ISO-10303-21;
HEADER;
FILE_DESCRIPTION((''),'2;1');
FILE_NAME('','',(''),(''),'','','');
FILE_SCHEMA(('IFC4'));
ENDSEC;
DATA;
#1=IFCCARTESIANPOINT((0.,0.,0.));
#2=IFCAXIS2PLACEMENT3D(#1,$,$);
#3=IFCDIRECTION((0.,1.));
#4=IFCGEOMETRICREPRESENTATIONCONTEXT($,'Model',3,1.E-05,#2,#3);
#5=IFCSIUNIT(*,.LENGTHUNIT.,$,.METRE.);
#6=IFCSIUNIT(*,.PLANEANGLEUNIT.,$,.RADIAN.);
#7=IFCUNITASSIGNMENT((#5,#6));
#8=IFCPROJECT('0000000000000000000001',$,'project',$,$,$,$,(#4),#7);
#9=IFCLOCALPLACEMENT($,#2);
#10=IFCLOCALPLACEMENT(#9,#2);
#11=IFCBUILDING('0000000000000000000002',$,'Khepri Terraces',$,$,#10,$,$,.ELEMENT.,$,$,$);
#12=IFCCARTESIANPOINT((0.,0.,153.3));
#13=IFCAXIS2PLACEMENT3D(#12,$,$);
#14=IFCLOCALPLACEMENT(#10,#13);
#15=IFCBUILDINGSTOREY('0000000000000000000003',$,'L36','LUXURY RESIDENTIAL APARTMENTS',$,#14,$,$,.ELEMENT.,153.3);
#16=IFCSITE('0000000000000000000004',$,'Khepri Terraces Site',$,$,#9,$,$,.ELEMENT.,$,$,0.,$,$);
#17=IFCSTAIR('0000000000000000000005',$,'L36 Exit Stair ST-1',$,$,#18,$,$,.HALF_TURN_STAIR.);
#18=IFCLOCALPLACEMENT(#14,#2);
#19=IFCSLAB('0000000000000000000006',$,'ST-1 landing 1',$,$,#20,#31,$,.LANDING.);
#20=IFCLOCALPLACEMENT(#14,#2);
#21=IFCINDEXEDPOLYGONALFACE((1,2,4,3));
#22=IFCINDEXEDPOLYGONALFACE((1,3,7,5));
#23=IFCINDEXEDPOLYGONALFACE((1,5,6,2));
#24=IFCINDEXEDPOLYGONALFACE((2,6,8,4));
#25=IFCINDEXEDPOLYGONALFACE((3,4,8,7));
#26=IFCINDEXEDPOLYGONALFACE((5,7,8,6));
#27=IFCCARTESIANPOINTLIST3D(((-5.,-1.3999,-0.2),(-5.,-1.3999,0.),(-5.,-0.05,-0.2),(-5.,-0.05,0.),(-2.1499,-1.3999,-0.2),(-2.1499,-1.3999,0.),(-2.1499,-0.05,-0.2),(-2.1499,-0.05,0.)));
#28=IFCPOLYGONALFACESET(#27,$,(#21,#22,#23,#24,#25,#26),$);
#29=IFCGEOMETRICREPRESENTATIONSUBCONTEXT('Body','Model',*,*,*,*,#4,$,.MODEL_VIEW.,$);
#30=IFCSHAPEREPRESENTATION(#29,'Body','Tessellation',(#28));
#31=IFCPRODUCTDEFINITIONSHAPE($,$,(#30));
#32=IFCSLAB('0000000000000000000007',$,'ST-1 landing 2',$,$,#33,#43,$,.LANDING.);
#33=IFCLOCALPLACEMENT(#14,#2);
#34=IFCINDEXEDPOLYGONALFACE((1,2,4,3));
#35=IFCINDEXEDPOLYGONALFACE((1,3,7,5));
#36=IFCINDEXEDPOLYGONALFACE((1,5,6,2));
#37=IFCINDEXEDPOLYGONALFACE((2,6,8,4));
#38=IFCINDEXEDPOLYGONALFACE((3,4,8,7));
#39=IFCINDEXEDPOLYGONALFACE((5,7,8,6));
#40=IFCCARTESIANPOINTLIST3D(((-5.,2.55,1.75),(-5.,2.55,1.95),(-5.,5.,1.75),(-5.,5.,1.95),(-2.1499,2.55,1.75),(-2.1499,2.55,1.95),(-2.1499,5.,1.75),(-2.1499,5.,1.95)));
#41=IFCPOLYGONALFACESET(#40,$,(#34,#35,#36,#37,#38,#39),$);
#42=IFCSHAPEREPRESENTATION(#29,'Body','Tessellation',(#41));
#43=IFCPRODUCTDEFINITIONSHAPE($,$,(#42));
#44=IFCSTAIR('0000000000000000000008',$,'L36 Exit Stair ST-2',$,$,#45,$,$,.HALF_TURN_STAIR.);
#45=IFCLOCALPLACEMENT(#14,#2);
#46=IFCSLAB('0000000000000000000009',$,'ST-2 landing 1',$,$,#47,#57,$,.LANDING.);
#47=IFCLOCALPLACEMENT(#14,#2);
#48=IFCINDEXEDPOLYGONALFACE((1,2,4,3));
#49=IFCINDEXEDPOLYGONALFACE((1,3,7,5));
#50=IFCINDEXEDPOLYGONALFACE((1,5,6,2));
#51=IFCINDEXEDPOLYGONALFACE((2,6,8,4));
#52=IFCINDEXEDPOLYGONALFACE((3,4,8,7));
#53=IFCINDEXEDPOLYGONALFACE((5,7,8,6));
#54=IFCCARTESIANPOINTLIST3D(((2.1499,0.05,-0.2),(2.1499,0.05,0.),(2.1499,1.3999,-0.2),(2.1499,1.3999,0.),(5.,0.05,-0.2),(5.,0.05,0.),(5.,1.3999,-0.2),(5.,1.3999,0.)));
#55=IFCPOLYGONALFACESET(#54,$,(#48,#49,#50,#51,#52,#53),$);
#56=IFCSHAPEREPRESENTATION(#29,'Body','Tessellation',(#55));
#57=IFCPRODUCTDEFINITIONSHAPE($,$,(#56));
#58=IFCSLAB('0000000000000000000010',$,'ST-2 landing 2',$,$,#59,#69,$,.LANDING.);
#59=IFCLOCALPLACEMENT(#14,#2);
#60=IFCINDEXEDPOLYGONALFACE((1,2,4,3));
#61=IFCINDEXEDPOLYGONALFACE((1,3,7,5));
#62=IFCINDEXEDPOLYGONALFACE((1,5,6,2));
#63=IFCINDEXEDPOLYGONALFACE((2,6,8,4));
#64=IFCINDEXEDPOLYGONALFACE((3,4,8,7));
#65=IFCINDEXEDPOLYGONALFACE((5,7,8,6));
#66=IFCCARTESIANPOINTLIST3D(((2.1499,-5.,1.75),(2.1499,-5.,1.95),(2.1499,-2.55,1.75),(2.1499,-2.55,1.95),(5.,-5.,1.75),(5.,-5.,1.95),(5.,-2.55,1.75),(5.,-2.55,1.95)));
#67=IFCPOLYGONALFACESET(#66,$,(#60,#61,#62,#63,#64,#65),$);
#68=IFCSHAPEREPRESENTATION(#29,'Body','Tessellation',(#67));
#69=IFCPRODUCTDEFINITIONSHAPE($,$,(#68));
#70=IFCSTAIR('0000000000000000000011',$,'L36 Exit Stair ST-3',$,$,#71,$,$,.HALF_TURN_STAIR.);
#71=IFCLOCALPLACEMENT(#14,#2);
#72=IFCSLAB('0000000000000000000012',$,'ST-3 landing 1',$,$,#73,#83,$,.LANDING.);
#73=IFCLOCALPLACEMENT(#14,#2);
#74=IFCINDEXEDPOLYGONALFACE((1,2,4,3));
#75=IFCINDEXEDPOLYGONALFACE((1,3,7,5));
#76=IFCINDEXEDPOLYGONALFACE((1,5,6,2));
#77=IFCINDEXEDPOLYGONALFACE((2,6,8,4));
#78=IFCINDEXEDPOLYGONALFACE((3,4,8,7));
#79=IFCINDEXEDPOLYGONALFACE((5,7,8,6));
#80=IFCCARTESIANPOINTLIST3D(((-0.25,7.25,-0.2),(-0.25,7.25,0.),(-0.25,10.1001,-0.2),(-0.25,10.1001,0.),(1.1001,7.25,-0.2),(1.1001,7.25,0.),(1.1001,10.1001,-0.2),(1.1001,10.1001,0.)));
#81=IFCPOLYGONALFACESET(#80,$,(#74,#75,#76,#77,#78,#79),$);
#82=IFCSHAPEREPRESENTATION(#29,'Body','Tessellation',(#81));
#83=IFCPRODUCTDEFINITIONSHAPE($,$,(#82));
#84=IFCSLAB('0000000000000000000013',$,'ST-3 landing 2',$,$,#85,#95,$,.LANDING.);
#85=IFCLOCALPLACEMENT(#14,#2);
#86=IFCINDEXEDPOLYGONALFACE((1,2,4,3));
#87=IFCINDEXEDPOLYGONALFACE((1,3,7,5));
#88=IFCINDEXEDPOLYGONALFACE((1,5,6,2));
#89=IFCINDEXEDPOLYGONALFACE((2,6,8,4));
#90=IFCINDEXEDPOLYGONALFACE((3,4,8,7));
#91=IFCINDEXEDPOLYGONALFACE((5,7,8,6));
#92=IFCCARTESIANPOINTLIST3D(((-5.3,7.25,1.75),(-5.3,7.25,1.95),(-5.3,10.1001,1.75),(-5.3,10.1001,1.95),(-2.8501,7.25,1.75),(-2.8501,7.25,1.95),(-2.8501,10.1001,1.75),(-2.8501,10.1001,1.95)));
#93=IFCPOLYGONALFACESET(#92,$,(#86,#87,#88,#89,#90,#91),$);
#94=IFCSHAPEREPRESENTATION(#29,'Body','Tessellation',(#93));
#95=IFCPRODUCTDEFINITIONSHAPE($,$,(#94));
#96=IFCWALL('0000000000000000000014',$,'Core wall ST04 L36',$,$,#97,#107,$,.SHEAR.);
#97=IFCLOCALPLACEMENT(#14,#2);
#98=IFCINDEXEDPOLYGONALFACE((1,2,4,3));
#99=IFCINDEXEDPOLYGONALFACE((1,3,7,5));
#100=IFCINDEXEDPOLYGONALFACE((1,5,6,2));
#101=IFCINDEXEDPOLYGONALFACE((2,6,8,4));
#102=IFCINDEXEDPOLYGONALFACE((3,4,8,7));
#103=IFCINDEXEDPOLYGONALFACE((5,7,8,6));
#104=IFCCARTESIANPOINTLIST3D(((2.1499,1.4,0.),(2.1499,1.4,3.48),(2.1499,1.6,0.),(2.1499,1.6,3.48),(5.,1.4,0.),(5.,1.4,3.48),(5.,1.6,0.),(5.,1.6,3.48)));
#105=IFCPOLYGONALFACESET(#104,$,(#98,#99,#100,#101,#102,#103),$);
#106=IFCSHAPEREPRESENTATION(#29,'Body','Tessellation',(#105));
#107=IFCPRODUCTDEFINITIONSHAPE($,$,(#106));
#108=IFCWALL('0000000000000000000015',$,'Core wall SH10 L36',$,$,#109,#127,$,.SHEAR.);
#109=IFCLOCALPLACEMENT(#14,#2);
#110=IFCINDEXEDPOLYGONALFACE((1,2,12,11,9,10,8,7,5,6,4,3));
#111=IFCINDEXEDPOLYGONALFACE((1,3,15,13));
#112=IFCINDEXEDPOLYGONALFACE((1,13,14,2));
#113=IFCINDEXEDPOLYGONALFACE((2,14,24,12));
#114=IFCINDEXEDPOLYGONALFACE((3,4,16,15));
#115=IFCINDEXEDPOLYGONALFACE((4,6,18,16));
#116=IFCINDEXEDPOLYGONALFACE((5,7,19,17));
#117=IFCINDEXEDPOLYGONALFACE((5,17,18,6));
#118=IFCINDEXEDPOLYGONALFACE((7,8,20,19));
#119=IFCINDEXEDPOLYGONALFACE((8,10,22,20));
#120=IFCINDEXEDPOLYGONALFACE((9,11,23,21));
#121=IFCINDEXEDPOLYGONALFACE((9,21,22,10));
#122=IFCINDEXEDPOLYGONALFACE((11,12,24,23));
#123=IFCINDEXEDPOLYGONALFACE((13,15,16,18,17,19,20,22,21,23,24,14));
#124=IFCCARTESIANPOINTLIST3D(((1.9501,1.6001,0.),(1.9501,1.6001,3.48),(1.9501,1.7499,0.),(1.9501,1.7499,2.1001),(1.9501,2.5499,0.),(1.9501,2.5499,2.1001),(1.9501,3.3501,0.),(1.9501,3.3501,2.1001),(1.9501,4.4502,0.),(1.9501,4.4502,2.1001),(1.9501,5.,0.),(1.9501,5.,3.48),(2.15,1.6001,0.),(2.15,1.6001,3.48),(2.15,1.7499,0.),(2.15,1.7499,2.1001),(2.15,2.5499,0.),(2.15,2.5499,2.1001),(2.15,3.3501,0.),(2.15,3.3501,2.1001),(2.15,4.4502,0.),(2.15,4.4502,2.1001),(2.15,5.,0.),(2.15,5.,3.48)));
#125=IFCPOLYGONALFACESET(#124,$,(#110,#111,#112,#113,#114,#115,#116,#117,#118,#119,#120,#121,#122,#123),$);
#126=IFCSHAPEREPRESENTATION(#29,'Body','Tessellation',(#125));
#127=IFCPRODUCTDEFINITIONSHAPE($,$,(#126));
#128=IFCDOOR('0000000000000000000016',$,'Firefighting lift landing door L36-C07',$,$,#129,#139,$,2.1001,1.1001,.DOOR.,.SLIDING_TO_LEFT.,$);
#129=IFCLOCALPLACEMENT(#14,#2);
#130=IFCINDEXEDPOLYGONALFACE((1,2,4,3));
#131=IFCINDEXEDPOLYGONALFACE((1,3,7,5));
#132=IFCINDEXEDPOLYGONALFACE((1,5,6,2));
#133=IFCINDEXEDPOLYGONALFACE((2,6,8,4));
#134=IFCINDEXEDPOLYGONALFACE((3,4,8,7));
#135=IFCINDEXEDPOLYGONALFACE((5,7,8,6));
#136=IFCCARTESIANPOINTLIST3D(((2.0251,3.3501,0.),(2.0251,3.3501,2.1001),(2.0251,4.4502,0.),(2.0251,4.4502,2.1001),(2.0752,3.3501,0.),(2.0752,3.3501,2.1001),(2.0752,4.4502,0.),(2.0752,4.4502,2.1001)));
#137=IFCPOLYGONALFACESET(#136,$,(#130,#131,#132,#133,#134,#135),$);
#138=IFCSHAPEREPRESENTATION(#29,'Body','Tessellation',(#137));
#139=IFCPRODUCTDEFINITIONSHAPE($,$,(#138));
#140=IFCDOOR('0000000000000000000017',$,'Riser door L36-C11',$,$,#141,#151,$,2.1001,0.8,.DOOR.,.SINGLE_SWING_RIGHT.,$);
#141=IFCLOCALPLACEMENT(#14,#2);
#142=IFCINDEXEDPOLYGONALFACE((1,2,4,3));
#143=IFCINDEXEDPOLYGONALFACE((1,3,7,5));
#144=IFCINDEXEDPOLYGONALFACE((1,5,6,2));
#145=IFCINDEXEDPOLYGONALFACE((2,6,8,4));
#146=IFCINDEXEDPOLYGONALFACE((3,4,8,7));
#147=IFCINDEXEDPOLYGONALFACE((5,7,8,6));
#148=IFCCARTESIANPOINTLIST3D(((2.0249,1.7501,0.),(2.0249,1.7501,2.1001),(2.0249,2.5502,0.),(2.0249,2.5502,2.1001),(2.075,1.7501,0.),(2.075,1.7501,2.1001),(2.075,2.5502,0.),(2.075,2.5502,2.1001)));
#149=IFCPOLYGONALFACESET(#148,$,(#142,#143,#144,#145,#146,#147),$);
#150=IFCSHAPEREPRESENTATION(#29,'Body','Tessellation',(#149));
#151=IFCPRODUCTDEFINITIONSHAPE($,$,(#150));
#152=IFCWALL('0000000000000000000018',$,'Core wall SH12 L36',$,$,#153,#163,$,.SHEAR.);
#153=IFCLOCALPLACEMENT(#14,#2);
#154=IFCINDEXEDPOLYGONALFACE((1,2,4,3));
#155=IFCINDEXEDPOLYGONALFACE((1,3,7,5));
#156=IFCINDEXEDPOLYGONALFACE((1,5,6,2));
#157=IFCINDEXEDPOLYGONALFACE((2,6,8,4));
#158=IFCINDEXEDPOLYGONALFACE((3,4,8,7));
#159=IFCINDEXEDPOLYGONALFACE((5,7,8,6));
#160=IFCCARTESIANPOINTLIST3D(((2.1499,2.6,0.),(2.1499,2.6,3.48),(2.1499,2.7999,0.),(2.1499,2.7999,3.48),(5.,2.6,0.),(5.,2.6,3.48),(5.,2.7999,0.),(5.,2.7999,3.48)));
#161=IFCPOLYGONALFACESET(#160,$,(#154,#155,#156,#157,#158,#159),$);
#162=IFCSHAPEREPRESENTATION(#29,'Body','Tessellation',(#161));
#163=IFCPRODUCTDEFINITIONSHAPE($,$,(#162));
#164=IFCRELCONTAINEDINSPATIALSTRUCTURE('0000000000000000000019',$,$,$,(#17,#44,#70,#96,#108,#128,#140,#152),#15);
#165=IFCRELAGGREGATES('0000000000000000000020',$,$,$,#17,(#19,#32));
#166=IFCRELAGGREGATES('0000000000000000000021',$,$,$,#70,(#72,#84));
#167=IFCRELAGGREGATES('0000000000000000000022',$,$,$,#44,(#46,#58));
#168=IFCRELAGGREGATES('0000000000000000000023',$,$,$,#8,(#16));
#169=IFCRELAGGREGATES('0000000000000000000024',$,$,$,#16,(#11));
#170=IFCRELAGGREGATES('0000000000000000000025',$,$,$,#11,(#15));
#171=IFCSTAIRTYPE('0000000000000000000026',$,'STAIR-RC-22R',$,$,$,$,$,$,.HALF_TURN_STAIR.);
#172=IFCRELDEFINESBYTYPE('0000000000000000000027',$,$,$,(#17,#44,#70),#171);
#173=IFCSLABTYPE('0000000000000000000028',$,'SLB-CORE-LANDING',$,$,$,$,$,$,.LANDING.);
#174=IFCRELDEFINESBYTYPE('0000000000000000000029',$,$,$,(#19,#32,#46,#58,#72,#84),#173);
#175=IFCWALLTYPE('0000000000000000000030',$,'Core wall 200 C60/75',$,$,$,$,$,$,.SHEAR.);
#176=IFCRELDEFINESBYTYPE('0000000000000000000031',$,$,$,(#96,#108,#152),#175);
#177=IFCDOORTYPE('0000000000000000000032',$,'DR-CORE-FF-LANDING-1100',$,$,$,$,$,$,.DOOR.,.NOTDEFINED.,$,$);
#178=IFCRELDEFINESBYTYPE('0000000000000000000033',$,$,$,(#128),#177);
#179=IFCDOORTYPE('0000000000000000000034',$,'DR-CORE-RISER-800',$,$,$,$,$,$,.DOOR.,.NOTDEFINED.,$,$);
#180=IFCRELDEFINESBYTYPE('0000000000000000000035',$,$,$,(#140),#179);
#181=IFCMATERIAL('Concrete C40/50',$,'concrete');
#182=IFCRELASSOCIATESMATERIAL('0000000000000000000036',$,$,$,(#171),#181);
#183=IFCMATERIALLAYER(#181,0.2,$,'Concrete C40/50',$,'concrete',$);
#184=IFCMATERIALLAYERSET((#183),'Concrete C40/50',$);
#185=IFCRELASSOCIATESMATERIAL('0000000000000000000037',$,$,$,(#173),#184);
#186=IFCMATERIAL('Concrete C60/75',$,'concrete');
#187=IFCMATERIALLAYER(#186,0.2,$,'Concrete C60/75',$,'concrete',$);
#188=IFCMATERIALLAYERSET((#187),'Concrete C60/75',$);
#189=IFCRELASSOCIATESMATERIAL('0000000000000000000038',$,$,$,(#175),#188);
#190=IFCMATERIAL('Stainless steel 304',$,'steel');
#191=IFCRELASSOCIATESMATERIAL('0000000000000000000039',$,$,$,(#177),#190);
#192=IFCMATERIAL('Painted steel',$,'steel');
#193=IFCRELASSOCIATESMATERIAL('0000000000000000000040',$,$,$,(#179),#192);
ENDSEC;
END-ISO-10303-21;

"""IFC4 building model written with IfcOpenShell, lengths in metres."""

from ifc_helpers import new_model, si_unit, direction, frame, frame_2d, origin, place, context, subcontext, project, spatial, polyline, rectangle, outline, extrude, material, layer, layer_set, type_object, element, fill, aggregate, save


model = new_model("IFC4")

# Units and contexts
model_context = context("Model", 3, precision=1e-05, world=origin(), true_north=direction((0.0, 1.0)))
body_context = subcontext(model_context, "Body", "Model", "MODEL_VIEW")
ifc_project = project(units=[si_unit("LENGTHUNIT", "METRE"), si_unit("PLANEANGLEUNIT", "RADIAN")], contexts=[model_context])

# Site, building, storey
site_placement = place(None, origin())
site = spatial("IfcSite", under=ifc_project, at=site_placement, Name="Khepri Terraces Site", CompositionType="ELEMENT", RefElevation=0.0)
building_placement = place(site_placement, origin())
building = spatial("IfcBuilding", under=site, at=building_placement, Name="Khepri Terraces", CompositionType="ELEMENT")
storey_placement = place(building_placement, frame((0.0, 0.0, 153.3)))
storey = spatial("IfcBuildingStorey", under=building, at=storey_placement, Name="L36", Description="LUXURY RESIDENTIAL APARTMENTS", CompositionType="ELEMENT", Elevation=153.3)

# Stairs, slabs
ifc_material_1 = material(Name="Concrete C40/50", Category="concrete")
stair_type = type_object("IfcStairType", Name="STAIR-RC-22R", PredefinedType="HALF_TURN_STAIR", material=ifc_material_1)
stair_1_placement = place(storey_placement, origin())
stair_1 = element("IfcStair", 1, at=stair_1_placement, inside=storey, type_object=stair_type, Name="L36 Exit Stair ST-1", PredefinedType="HALF_TURN_STAIR")
ifc_layer_1 = layer(ifc_material_1, 0.2, Name="Concrete C40/50", Category="concrete")
ifc_layer_set_1 = layer_set([ifc_layer_1], Name="Concrete C40/50")
slab_type = type_object("IfcSlabType", Name="SLB-CORE-LANDING", PredefinedType="LANDING", material=ifc_layer_set_1)
slab_1_placement = place(storey_placement, frame((0.0, 0.0, -0.2)))
slab_1 = element("IfcSlab", 2, at=slab_1_placement, type_object=slab_type, Name="ST-1 landing 1", PredefinedType="LANDING", context=body_context, shape_type="SweptSolid", body=[
    extrude(outline(polyline([(-2.1499, -1.3999), (-2.1499, -0.05), (-5.0, -0.05), (-5.0, -1.3999), (-2.1499, -1.3999)])), origin(), (0.0, 0.0, 1.0), 0.2),
])
slab_2_placement = place(storey_placement, frame((0.0, 0.0, 1.75)))
slab_2 = element("IfcSlab", 3, at=slab_2_placement, type_object=slab_type, Name="ST-1 landing 2", PredefinedType="LANDING", context=body_context, shape_type="SweptSolid", body=[
    extrude(outline(polyline([(-2.1499, 2.55), (-2.1499, 5.0), (-5.0, 5.0), (-5.0, 2.55), (-2.1499, 2.55)])), origin(), (0.0, 0.0, 1.0), 0.2),
])
aggregate(stair_1, [slab_1, slab_2])
stair_2_placement = place(storey_placement, origin())
stair_2 = element("IfcStair", 4, at=stair_2_placement, inside=storey, type_object=stair_type, Name="L36 Exit Stair ST-2", PredefinedType="HALF_TURN_STAIR")
slab_3_placement = place(storey_placement, frame((0.0, 0.0, -0.2)))
slab_3 = element("IfcSlab", 5, at=slab_3_placement, type_object=slab_type, Name="ST-2 landing 1", PredefinedType="LANDING", context=body_context, shape_type="SweptSolid", body=[
    extrude(outline(polyline([(2.1499, 1.3999), (2.1499, 0.05), (5.0, 0.05), (5.0, 1.3999), (2.1499, 1.3999)])), origin(), (0.0, 0.0, 1.0), 0.2),
])
slab_4_placement = place(storey_placement, frame((0.0, 0.0, 1.75)))
slab_4 = element("IfcSlab", 6, at=slab_4_placement, type_object=slab_type, Name="ST-2 landing 2", PredefinedType="LANDING", context=body_context, shape_type="SweptSolid", body=[
    extrude(outline(polyline([(2.1499, -2.55), (2.1499, -5.0), (5.0, -5.0), (5.0, -2.55), (2.1499, -2.55)])), origin(), (0.0, 0.0, 1.0), 0.2),
])
stair_3_placement = place(storey_placement, origin())
stair_3 = element("IfcStair", 7, at=stair_3_placement, inside=storey, type_object=stair_type, Name="L36 Exit Stair ST-3", PredefinedType="HALF_TURN_STAIR")
slab_5_placement = place(storey_placement, frame((0.0, 0.0, -0.2)))
slab_5 = element("IfcSlab", 8, at=slab_5_placement, type_object=slab_type, Name="ST-3 landing 1", PredefinedType="LANDING", context=body_context, shape_type="SweptSolid", body=[
    extrude(outline(polyline([(1.1001, 10.1001), (-0.25, 10.1001), (-0.25, 7.25), (1.1001, 7.25), (1.1001, 10.1001)])), origin(), (0.0, 0.0, 1.0), 0.2),
])
slab_6_placement = place(storey_placement, frame((0.0, 0.0, 1.75)))
slab_6 = element("IfcSlab", 9, at=slab_6_placement, type_object=slab_type, Name="ST-3 landing 2", PredefinedType="LANDING", context=body_context, shape_type="SweptSolid", body=[
    extrude(outline(polyline([(-2.8501, 10.1001), (-5.3, 10.1001), (-5.3, 7.25), (-2.8501, 7.25), (-2.8501, 10.1001)])), origin(), (0.0, 0.0, 1.0), 0.2),
])
aggregate(stair_3, [slab_5, slab_6])

# Wall
ifc_material_2 = material(Name="Concrete C60/75", Category="concrete")
ifc_layer_2 = layer(ifc_material_2, 0.2, Name="Concrete C60/75", Category="concrete")
ifc_layer_set_2 = layer_set([ifc_layer_2], Name="Concrete C60/75")
wall_type = type_object("IfcWallType", Name="Core wall 200 C60/75", PredefinedType="SHEAR", material=ifc_layer_set_2)
wall_1_placement = place(storey_placement, frame((2.1499, 1.5, 0.0), z_axis=(0.0, 0.0, 1.0), x_axis=(1.0, 0.0, 0.0)))
element("IfcWall", 10, at=wall_1_placement, inside=storey, type_object=wall_type, Name="Core wall ST04 L36", PredefinedType="SHEAR", context=body_context, shape_type="SweptSolid", body=[
    extrude(rectangle(XDim=2.8501, YDim=0.2, at=frame_2d((1.425, 0.0))), origin(), (0.0, 0.0, 1.0), 3.48),
])

# Wall, openings, doors
wall_2_placement = place(storey_placement, frame((2.05, 1.6001, 0.0), z_axis=(0.0, 0.0, 1.0), x_axis=(0.0, 1.0, 0.0)))
wall_2 = element("IfcWall", 11, at=wall_2_placement, inside=storey, type_object=wall_type, Name="Core wall SH10 L36", PredefinedType="SHEAR", context=body_context, shape_type="SweptSolid", body=[
    extrude(rectangle(XDim=3.3999, YDim=0.2, at=frame_2d((1.7, 0.0))), origin(), (0.0, 0.0, 1.0), 3.48),
])
opening_1_placement = place(wall_2_placement, frame((1.75, 0.0, 0.0)))
opening_1 = element("IfcOpeningElement", 12, at=opening_1_placement, cuts=wall_2, PredefinedType="OPENING", context=body_context, shape_type="SweptSolid", body=[
    extrude(rectangle(XDim=1.1001, YDim=2.1001, at=frame_2d((0.55, 1.05))), frame((0.0, 0.1099, 0.0), z_axis=(0.0, -1.0, 0.0), x_axis=(1.0, 0.0, 0.0)), (0.0, 0.0, 1.0), 0.22),
])
opening_2_placement = place(wall_2_placement, frame((0.1499, 0.0, 0.0)))
opening_2 = element("IfcOpeningElement", 13, at=opening_2_placement, cuts=wall_2, PredefinedType="OPENING", context=body_context, shape_type="SweptSolid", body=[
    extrude(rectangle(XDim=0.8, YDim=2.1001, at=frame_2d((0.3999, 1.05))), frame((0.0, 0.1099, 0.0), z_axis=(0.0, -1.0, 0.0), x_axis=(1.0, 0.0, 0.0)), (0.0, 0.0, 1.0), 0.22),
])
ifc_material_3 = material(Name="Stainless steel 304", Category="steel")
door_type_1 = type_object("IfcDoorType", Name="DR-CORE-FF-LANDING-1100", OperationType="NOTDEFINED", PredefinedType="DOOR", material=ifc_material_3)
door_1_placement = place(opening_1_placement, origin())
door_1 = element("IfcDoor", 14, at=door_1_placement, inside=storey, type_object=door_type_1, Name="Firefighting lift landing door L36-C07", OperationType="SLIDING_TO_LEFT", OverallHeight=2.1001, OverallWidth=1.1001, PredefinedType="DOOR", context=body_context, shape_type="SweptSolid", body=[
    extrude(rectangle(XDim=1.1001, YDim=2.1001, at=frame_2d((0.55, 1.05))), frame((0.0, 0.0249, 0.0), z_axis=(0.0, -1.0, 0.0), x_axis=(1.0, 0.0, 0.0)), (0.0, 0.0, 1.0), 0.05),
])
fill(opening_1, door_1)
ifc_material_4 = material(Name="Painted steel", Category="steel")
door_type_2 = type_object("IfcDoorType", Name="DR-CORE-RISER-800", OperationType="NOTDEFINED", PredefinedType="DOOR", material=ifc_material_4)
door_2_placement = place(opening_2_placement, frame((0.8, 0.0, 0.0), z_axis=(0.0, 0.0, 1.0), x_axis=(-1.0, 0.0, 0.0)))
door_2 = element("IfcDoor", 15, at=door_2_placement, inside=storey, type_object=door_type_2, Name="Riser door L36-C11", OperationType="SINGLE_SWING_RIGHT", OverallHeight=2.1001, OverallWidth=0.8, PredefinedType="DOOR", context=body_context, shape_type="SweptSolid", body=[
    extrude(rectangle(XDim=0.8, YDim=2.1001, at=frame_2d((0.3999, 1.05))), frame((0.0, 0.0249, 0.0), z_axis=(0.0, -1.0, 0.0), x_axis=(1.0, 0.0, 0.0)), (0.0, 0.0, 1.0), 0.05),
])
fill(opening_2, door_2)

# Wall
wall_3_placement = place(storey_placement, frame((2.1499, 2.7, 0.0), z_axis=(0.0, 0.0, 1.0), x_axis=(1.0, 0.0, 0.0)))
element("IfcWall", 16, at=wall_3_placement, inside=storey, type_object=wall_type, Name="Core wall SH12 L36", PredefinedType="SHEAR", context=body_context, shape_type="SweptSolid", body=[
    extrude(rectangle(XDim=2.8501, YDim=0.2, at=frame_2d((1.425, 0.0))), origin(), (0.0, 0.0, 1.0), 3.48),
])

aggregate(stair_2, [slab_3, slab_4])

save(model, "model.ifc")
